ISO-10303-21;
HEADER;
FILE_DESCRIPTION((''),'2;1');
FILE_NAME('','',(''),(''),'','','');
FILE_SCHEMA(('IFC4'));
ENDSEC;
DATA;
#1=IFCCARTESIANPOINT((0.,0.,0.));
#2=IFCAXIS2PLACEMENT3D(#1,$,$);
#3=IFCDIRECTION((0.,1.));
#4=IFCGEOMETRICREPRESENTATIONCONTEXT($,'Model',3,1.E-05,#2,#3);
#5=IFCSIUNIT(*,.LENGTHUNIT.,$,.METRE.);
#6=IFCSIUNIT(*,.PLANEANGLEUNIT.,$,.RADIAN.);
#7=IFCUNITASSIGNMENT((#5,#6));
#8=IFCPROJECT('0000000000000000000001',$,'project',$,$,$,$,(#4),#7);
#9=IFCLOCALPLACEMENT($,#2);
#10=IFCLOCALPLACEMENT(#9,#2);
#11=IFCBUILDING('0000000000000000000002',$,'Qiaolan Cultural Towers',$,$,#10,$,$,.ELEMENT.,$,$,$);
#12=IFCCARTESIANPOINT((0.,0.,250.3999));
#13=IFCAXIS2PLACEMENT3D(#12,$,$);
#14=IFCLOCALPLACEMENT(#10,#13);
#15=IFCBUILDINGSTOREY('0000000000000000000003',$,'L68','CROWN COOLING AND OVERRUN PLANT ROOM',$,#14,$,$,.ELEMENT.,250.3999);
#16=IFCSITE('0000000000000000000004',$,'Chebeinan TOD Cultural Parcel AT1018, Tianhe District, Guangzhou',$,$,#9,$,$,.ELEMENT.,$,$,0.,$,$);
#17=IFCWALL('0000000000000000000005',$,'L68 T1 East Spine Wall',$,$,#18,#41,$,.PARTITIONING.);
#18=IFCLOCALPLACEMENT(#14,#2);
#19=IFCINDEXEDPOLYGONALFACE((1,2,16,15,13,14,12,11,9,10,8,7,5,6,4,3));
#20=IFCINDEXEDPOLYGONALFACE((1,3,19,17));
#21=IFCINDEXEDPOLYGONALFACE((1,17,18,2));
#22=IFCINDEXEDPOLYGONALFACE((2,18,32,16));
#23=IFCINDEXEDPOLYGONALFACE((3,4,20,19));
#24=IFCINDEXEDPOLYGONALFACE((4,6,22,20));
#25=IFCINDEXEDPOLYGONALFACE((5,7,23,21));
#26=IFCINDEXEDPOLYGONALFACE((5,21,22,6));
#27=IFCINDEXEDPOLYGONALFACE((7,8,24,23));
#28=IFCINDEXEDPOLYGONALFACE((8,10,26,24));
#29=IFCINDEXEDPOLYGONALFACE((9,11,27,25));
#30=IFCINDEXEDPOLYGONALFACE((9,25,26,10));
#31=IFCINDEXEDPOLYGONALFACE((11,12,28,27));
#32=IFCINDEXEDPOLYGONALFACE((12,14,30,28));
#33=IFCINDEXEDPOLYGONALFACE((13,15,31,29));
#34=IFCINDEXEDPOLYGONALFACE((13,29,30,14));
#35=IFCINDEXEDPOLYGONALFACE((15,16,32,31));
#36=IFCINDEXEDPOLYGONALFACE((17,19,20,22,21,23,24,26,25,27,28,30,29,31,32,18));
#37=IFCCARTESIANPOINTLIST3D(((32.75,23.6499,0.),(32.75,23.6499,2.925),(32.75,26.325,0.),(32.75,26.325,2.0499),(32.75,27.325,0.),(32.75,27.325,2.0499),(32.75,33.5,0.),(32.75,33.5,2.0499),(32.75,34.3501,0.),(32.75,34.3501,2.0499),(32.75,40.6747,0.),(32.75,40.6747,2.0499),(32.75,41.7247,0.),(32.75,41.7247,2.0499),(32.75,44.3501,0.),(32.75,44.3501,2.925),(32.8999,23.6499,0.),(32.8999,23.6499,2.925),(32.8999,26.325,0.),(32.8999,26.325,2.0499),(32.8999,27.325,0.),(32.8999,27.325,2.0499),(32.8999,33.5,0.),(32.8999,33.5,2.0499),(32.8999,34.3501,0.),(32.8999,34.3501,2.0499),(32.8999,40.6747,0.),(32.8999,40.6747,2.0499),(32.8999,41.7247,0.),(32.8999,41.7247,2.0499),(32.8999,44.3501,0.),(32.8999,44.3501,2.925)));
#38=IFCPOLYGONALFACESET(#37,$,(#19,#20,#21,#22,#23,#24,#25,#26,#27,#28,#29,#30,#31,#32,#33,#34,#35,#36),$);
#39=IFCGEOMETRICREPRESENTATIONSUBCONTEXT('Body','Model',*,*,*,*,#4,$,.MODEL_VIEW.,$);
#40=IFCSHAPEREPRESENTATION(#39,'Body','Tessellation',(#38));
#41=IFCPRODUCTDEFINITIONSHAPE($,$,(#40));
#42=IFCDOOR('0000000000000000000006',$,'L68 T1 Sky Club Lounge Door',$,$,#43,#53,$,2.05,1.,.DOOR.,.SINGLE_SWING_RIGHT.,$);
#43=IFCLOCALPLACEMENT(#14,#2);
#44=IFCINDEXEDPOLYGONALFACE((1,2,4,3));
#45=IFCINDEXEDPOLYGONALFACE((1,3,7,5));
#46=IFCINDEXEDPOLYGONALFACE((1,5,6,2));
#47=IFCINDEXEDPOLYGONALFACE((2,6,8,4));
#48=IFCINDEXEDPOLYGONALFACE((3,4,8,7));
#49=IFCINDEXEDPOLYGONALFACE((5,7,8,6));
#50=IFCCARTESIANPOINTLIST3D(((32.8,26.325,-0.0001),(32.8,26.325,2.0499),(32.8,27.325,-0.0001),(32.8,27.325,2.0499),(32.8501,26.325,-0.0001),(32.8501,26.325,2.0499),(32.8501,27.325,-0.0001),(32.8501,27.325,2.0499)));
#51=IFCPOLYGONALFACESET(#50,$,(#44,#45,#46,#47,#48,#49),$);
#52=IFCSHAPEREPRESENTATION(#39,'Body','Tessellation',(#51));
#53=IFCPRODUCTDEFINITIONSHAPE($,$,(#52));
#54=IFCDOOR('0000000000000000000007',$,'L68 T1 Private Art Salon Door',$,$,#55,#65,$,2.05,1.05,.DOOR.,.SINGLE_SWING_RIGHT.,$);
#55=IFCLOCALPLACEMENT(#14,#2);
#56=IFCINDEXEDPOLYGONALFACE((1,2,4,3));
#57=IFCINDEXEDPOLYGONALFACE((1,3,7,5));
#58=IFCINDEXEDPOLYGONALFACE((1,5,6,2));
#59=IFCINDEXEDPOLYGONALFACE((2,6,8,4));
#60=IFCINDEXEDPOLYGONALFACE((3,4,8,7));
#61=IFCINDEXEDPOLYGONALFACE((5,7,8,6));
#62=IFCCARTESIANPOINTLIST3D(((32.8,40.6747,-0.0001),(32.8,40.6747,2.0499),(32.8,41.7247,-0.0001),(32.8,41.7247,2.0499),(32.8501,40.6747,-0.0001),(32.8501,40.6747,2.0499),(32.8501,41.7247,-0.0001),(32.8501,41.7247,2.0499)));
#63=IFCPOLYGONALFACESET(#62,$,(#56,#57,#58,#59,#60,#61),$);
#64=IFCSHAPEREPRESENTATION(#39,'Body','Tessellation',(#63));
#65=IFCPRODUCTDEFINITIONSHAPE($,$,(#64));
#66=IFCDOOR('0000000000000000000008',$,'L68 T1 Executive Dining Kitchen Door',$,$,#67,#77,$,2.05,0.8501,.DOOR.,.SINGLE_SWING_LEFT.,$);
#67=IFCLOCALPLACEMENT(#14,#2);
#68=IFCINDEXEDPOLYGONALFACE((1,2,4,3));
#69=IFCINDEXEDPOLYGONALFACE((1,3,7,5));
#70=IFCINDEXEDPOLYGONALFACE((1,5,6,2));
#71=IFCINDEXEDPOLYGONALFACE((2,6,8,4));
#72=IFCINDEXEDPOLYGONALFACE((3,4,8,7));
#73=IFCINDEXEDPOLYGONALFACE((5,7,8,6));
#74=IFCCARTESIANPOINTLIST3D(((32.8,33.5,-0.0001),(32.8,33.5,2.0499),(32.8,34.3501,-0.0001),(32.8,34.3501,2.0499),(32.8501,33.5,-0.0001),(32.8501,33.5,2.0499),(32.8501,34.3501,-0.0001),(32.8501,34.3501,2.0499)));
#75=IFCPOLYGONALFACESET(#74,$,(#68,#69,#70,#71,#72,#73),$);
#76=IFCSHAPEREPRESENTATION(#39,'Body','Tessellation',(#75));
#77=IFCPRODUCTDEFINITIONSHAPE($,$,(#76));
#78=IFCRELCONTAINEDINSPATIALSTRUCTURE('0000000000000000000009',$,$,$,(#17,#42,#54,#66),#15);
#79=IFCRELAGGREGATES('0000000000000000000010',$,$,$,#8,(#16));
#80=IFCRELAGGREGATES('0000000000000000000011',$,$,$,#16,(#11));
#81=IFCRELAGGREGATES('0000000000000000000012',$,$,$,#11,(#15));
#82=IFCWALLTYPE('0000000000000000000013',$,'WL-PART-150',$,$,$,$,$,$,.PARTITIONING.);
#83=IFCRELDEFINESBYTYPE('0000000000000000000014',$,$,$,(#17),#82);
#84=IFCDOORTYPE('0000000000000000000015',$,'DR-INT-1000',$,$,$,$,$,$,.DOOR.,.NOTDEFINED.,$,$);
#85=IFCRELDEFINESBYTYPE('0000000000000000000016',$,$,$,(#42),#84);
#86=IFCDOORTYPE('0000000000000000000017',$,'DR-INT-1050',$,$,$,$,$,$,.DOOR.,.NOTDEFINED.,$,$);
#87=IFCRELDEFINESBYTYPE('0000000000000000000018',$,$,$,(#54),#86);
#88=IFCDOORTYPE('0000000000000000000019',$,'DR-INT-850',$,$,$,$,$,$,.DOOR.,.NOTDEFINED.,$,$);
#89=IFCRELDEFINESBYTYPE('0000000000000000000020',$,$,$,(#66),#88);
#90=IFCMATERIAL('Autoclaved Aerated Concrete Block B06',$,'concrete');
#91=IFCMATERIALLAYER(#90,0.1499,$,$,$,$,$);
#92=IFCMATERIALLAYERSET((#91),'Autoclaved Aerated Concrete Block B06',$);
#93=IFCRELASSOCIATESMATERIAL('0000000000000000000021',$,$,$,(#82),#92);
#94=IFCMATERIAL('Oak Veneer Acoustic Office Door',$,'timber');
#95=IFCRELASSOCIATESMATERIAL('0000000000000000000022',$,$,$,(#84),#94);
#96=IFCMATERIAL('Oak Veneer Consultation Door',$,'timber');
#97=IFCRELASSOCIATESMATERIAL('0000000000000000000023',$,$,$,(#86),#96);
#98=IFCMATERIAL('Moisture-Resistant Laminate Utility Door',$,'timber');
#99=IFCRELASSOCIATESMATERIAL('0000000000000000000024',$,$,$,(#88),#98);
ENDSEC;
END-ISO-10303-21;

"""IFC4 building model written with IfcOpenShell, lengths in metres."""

from ifc_helpers import new_model, si_unit, direction, frame, frame_2d, origin, place, context, subcontext, project, spatial, rectangle, extrude, material, layer, layer_set, type_object, element, fill, save


model = new_model("IFC4")

# Units and contexts
model_context = context("Model", 3, precision=1e-05, world=origin(), true_north=direction((0.0, 1.0)))
body_context = subcontext(model_context, "Body", "Model", "MODEL_VIEW")
ifc_project = project(units=[si_unit("LENGTHUNIT", "METRE"), si_unit("PLANEANGLEUNIT", "RADIAN")], contexts=[model_context])

# Site, building, storey
site_placement = place(None, origin())
site = spatial("IfcSite", under=ifc_project, at=site_placement, Name="Chebeinan TOD Cultural Parcel AT1018, Tianhe District, Guangzhou", CompositionType="ELEMENT", RefElevation=0.0)
building_placement = place(site_placement, origin())
building = spatial("IfcBuilding", under=site, at=building_placement, Name="Qiaolan Cultural Towers", CompositionType="ELEMENT")
storey_placement = place(building_placement, frame((0.0, 0.0, 250.3999)))
storey = spatial("IfcBuildingStorey", under=building, at=storey_placement, Name="L68", Description="CROWN COOLING AND OVERRUN PLANT ROOM", CompositionType="ELEMENT", Elevation=250.3999)

# Shared definitions
ifc_material_1 = material(Name="Autoclaved Aerated Concrete Block B06", Category="concrete")
ifc_layer_1 = layer(ifc_material_1, 0.1499)
ifc_layer_set_1 = layer_set([ifc_layer_1], Name="Autoclaved Aerated Concrete Block B06")
wall_type_1 = type_object("IfcWallType", Name="WL-PART-150", PredefinedType="PARTITIONING", material=ifc_layer_set_1)
ifc_material_2 = material(Name="Oak Veneer Acoustic Office Door", Category="timber")
door_type_1 = type_object("IfcDoorType", Name="DR-INT-1000", OperationType="NOTDEFINED", PredefinedType="DOOR", material=ifc_material_2)

# Wall, openings, doors
wall_1_placement = place(storey_placement, frame((32.825, 23.6499, 0.0), z_axis=(0.0, 0.0, 1.0), x_axis=(0.0, 1.0, 0.0)))
wall_1 = element("IfcWall", 1, at=wall_1_placement, inside=storey, type_object=wall_type_1, Name="L68 T1 East Spine Wall", PredefinedType="PARTITIONING", context=body_context, shape_type="SweptSolid", body=[
    extrude(rectangle(XDim=20.7002, YDim=0.1499, at=frame_2d((10.3501, 0.0))), origin(), (0.0, 0.0, 1.0), 2.925),
])
opening_1_placement = place(wall_1_placement, frame((2.675, 0.0, 0.0)))
opening_1 = element("IfcOpeningElement", 2, at=opening_1_placement, cuts=wall_1, PredefinedType="OPENING", context=body_context, shape_type="SweptSolid", body=[
    extrude(rectangle(XDim=1.0, YDim=2.05, at=frame_2d((0.5, 1.0249))), frame((0.0, 0.085, 0.0), z_axis=(0.0, -1.0, 0.0), x_axis=(1.0, 0.0, 0.0)), (0.0, 0.0, 1.0), 0.1699),
])
opening_2_placement = place(wall_1_placement, frame((9.8501, 0.0, 0.0)))
opening_2 = element("IfcOpeningElement", 3, at=opening_2_placement, cuts=wall_1, PredefinedType="OPENING", context=body_context, shape_type="SweptSolid", body=[
    extrude(rectangle(XDim=0.8501, YDim=2.05, at=frame_2d((0.425, 1.0249))), frame((0.0, 0.085, 0.0), z_axis=(0.0, -1.0, 0.0), x_axis=(1.0, 0.0, 0.0)), (0.0, 0.0, 1.0), 0.1699),
])
opening_3_placement = place(wall_1_placement, frame((17.0249, 0.0, 0.0)))
opening_3 = element("IfcOpeningElement", 4, at=opening_3_placement, cuts=wall_1, PredefinedType="OPENING", context=body_context, shape_type="SweptSolid", body=[
    extrude(rectangle(XDim=1.05, YDim=2.05, at=frame_2d((0.5249, 1.0249))), frame((0.0, 0.085, 0.0), z_axis=(0.0, -1.0, 0.0), x_axis=(1.0, 0.0, 0.0)), (0.0, 0.0, 1.0), 0.1699),
])
door_1_placement = place(opening_1_placement, origin())
door_1 = element("IfcDoor", 5, at=door_1_placement, inside=storey, type_object=door_type_1, Name="L68 T1 Sky Club Lounge Door", OperationType="SINGLE_SWING_RIGHT", OverallHeight=2.05, OverallWidth=1.0, PredefinedType="DOOR", context=body_context, shape_type="SweptSolid", body=[
    extrude(rectangle(XDim=1.0, YDim=2.05, at=frame_2d((0.5, 1.0249))), frame((0.0, 0.0249, 0.0), z_axis=(0.0, -1.0, 0.0), x_axis=(1.0, 0.0, 0.0)), (0.0, 0.0, 1.0), 0.05),
])
fill(opening_1, door_1)
ifc_material_3 = material(Name="Oak Veneer Consultation Door", Category="timber")
door_type_2 = type_object("IfcDoorType", Name="DR-INT-1050", OperationType="NOTDEFINED", PredefinedType="DOOR", material=ifc_material_3)
door_2_placement = place(opening_3_placement, origin())
door_2 = element("IfcDoor", 6, at=door_2_placement, inside=storey, type_object=door_type_2, Name="L68 T1 Private Art Salon Door", OperationType="SINGLE_SWING_RIGHT", OverallHeight=2.05, OverallWidth=1.05, PredefinedType="DOOR", context=body_context, shape_type="SweptSolid", body=[
    extrude(rectangle(XDim=1.05, YDim=2.05, at=frame_2d((0.5249, 1.0249))), frame((0.0, 0.0249, 0.0), z_axis=(0.0, -1.0, 0.0), x_axis=(1.0, 0.0, 0.0)), (0.0, 0.0, 1.0), 0.05),
])
fill(opening_3, door_2)
ifc_material_4 = material(Name="Moisture-Resistant Laminate Utility Door", Category="timber")
door_type_3 = type_object("IfcDoorType", Name="DR-INT-850", OperationType="NOTDEFINED", PredefinedType="DOOR", material=ifc_material_4)
door_3_placement = place(opening_2_placement, origin())
door_3 = element("IfcDoor", 7, at=door_3_placement, inside=storey, type_object=door_type_3, Name="L68 T1 Executive Dining Kitchen Door", OperationType="SINGLE_SWING_LEFT", OverallHeight=2.05, OverallWidth=0.8501, PredefinedType="DOOR", context=body_context, shape_type="SweptSolid", body=[
    extrude(rectangle(XDim=0.8501, YDim=2.05, at=frame_2d((0.425, 1.0249))), frame((0.0, 0.0249, 0.0), z_axis=(0.0, -1.0, 0.0), x_axis=(1.0, 0.0, 0.0)), (0.0, 0.0, 1.0), 0.05),
])
fill(opening_2, door_3)

save(model, "model.ifc")
